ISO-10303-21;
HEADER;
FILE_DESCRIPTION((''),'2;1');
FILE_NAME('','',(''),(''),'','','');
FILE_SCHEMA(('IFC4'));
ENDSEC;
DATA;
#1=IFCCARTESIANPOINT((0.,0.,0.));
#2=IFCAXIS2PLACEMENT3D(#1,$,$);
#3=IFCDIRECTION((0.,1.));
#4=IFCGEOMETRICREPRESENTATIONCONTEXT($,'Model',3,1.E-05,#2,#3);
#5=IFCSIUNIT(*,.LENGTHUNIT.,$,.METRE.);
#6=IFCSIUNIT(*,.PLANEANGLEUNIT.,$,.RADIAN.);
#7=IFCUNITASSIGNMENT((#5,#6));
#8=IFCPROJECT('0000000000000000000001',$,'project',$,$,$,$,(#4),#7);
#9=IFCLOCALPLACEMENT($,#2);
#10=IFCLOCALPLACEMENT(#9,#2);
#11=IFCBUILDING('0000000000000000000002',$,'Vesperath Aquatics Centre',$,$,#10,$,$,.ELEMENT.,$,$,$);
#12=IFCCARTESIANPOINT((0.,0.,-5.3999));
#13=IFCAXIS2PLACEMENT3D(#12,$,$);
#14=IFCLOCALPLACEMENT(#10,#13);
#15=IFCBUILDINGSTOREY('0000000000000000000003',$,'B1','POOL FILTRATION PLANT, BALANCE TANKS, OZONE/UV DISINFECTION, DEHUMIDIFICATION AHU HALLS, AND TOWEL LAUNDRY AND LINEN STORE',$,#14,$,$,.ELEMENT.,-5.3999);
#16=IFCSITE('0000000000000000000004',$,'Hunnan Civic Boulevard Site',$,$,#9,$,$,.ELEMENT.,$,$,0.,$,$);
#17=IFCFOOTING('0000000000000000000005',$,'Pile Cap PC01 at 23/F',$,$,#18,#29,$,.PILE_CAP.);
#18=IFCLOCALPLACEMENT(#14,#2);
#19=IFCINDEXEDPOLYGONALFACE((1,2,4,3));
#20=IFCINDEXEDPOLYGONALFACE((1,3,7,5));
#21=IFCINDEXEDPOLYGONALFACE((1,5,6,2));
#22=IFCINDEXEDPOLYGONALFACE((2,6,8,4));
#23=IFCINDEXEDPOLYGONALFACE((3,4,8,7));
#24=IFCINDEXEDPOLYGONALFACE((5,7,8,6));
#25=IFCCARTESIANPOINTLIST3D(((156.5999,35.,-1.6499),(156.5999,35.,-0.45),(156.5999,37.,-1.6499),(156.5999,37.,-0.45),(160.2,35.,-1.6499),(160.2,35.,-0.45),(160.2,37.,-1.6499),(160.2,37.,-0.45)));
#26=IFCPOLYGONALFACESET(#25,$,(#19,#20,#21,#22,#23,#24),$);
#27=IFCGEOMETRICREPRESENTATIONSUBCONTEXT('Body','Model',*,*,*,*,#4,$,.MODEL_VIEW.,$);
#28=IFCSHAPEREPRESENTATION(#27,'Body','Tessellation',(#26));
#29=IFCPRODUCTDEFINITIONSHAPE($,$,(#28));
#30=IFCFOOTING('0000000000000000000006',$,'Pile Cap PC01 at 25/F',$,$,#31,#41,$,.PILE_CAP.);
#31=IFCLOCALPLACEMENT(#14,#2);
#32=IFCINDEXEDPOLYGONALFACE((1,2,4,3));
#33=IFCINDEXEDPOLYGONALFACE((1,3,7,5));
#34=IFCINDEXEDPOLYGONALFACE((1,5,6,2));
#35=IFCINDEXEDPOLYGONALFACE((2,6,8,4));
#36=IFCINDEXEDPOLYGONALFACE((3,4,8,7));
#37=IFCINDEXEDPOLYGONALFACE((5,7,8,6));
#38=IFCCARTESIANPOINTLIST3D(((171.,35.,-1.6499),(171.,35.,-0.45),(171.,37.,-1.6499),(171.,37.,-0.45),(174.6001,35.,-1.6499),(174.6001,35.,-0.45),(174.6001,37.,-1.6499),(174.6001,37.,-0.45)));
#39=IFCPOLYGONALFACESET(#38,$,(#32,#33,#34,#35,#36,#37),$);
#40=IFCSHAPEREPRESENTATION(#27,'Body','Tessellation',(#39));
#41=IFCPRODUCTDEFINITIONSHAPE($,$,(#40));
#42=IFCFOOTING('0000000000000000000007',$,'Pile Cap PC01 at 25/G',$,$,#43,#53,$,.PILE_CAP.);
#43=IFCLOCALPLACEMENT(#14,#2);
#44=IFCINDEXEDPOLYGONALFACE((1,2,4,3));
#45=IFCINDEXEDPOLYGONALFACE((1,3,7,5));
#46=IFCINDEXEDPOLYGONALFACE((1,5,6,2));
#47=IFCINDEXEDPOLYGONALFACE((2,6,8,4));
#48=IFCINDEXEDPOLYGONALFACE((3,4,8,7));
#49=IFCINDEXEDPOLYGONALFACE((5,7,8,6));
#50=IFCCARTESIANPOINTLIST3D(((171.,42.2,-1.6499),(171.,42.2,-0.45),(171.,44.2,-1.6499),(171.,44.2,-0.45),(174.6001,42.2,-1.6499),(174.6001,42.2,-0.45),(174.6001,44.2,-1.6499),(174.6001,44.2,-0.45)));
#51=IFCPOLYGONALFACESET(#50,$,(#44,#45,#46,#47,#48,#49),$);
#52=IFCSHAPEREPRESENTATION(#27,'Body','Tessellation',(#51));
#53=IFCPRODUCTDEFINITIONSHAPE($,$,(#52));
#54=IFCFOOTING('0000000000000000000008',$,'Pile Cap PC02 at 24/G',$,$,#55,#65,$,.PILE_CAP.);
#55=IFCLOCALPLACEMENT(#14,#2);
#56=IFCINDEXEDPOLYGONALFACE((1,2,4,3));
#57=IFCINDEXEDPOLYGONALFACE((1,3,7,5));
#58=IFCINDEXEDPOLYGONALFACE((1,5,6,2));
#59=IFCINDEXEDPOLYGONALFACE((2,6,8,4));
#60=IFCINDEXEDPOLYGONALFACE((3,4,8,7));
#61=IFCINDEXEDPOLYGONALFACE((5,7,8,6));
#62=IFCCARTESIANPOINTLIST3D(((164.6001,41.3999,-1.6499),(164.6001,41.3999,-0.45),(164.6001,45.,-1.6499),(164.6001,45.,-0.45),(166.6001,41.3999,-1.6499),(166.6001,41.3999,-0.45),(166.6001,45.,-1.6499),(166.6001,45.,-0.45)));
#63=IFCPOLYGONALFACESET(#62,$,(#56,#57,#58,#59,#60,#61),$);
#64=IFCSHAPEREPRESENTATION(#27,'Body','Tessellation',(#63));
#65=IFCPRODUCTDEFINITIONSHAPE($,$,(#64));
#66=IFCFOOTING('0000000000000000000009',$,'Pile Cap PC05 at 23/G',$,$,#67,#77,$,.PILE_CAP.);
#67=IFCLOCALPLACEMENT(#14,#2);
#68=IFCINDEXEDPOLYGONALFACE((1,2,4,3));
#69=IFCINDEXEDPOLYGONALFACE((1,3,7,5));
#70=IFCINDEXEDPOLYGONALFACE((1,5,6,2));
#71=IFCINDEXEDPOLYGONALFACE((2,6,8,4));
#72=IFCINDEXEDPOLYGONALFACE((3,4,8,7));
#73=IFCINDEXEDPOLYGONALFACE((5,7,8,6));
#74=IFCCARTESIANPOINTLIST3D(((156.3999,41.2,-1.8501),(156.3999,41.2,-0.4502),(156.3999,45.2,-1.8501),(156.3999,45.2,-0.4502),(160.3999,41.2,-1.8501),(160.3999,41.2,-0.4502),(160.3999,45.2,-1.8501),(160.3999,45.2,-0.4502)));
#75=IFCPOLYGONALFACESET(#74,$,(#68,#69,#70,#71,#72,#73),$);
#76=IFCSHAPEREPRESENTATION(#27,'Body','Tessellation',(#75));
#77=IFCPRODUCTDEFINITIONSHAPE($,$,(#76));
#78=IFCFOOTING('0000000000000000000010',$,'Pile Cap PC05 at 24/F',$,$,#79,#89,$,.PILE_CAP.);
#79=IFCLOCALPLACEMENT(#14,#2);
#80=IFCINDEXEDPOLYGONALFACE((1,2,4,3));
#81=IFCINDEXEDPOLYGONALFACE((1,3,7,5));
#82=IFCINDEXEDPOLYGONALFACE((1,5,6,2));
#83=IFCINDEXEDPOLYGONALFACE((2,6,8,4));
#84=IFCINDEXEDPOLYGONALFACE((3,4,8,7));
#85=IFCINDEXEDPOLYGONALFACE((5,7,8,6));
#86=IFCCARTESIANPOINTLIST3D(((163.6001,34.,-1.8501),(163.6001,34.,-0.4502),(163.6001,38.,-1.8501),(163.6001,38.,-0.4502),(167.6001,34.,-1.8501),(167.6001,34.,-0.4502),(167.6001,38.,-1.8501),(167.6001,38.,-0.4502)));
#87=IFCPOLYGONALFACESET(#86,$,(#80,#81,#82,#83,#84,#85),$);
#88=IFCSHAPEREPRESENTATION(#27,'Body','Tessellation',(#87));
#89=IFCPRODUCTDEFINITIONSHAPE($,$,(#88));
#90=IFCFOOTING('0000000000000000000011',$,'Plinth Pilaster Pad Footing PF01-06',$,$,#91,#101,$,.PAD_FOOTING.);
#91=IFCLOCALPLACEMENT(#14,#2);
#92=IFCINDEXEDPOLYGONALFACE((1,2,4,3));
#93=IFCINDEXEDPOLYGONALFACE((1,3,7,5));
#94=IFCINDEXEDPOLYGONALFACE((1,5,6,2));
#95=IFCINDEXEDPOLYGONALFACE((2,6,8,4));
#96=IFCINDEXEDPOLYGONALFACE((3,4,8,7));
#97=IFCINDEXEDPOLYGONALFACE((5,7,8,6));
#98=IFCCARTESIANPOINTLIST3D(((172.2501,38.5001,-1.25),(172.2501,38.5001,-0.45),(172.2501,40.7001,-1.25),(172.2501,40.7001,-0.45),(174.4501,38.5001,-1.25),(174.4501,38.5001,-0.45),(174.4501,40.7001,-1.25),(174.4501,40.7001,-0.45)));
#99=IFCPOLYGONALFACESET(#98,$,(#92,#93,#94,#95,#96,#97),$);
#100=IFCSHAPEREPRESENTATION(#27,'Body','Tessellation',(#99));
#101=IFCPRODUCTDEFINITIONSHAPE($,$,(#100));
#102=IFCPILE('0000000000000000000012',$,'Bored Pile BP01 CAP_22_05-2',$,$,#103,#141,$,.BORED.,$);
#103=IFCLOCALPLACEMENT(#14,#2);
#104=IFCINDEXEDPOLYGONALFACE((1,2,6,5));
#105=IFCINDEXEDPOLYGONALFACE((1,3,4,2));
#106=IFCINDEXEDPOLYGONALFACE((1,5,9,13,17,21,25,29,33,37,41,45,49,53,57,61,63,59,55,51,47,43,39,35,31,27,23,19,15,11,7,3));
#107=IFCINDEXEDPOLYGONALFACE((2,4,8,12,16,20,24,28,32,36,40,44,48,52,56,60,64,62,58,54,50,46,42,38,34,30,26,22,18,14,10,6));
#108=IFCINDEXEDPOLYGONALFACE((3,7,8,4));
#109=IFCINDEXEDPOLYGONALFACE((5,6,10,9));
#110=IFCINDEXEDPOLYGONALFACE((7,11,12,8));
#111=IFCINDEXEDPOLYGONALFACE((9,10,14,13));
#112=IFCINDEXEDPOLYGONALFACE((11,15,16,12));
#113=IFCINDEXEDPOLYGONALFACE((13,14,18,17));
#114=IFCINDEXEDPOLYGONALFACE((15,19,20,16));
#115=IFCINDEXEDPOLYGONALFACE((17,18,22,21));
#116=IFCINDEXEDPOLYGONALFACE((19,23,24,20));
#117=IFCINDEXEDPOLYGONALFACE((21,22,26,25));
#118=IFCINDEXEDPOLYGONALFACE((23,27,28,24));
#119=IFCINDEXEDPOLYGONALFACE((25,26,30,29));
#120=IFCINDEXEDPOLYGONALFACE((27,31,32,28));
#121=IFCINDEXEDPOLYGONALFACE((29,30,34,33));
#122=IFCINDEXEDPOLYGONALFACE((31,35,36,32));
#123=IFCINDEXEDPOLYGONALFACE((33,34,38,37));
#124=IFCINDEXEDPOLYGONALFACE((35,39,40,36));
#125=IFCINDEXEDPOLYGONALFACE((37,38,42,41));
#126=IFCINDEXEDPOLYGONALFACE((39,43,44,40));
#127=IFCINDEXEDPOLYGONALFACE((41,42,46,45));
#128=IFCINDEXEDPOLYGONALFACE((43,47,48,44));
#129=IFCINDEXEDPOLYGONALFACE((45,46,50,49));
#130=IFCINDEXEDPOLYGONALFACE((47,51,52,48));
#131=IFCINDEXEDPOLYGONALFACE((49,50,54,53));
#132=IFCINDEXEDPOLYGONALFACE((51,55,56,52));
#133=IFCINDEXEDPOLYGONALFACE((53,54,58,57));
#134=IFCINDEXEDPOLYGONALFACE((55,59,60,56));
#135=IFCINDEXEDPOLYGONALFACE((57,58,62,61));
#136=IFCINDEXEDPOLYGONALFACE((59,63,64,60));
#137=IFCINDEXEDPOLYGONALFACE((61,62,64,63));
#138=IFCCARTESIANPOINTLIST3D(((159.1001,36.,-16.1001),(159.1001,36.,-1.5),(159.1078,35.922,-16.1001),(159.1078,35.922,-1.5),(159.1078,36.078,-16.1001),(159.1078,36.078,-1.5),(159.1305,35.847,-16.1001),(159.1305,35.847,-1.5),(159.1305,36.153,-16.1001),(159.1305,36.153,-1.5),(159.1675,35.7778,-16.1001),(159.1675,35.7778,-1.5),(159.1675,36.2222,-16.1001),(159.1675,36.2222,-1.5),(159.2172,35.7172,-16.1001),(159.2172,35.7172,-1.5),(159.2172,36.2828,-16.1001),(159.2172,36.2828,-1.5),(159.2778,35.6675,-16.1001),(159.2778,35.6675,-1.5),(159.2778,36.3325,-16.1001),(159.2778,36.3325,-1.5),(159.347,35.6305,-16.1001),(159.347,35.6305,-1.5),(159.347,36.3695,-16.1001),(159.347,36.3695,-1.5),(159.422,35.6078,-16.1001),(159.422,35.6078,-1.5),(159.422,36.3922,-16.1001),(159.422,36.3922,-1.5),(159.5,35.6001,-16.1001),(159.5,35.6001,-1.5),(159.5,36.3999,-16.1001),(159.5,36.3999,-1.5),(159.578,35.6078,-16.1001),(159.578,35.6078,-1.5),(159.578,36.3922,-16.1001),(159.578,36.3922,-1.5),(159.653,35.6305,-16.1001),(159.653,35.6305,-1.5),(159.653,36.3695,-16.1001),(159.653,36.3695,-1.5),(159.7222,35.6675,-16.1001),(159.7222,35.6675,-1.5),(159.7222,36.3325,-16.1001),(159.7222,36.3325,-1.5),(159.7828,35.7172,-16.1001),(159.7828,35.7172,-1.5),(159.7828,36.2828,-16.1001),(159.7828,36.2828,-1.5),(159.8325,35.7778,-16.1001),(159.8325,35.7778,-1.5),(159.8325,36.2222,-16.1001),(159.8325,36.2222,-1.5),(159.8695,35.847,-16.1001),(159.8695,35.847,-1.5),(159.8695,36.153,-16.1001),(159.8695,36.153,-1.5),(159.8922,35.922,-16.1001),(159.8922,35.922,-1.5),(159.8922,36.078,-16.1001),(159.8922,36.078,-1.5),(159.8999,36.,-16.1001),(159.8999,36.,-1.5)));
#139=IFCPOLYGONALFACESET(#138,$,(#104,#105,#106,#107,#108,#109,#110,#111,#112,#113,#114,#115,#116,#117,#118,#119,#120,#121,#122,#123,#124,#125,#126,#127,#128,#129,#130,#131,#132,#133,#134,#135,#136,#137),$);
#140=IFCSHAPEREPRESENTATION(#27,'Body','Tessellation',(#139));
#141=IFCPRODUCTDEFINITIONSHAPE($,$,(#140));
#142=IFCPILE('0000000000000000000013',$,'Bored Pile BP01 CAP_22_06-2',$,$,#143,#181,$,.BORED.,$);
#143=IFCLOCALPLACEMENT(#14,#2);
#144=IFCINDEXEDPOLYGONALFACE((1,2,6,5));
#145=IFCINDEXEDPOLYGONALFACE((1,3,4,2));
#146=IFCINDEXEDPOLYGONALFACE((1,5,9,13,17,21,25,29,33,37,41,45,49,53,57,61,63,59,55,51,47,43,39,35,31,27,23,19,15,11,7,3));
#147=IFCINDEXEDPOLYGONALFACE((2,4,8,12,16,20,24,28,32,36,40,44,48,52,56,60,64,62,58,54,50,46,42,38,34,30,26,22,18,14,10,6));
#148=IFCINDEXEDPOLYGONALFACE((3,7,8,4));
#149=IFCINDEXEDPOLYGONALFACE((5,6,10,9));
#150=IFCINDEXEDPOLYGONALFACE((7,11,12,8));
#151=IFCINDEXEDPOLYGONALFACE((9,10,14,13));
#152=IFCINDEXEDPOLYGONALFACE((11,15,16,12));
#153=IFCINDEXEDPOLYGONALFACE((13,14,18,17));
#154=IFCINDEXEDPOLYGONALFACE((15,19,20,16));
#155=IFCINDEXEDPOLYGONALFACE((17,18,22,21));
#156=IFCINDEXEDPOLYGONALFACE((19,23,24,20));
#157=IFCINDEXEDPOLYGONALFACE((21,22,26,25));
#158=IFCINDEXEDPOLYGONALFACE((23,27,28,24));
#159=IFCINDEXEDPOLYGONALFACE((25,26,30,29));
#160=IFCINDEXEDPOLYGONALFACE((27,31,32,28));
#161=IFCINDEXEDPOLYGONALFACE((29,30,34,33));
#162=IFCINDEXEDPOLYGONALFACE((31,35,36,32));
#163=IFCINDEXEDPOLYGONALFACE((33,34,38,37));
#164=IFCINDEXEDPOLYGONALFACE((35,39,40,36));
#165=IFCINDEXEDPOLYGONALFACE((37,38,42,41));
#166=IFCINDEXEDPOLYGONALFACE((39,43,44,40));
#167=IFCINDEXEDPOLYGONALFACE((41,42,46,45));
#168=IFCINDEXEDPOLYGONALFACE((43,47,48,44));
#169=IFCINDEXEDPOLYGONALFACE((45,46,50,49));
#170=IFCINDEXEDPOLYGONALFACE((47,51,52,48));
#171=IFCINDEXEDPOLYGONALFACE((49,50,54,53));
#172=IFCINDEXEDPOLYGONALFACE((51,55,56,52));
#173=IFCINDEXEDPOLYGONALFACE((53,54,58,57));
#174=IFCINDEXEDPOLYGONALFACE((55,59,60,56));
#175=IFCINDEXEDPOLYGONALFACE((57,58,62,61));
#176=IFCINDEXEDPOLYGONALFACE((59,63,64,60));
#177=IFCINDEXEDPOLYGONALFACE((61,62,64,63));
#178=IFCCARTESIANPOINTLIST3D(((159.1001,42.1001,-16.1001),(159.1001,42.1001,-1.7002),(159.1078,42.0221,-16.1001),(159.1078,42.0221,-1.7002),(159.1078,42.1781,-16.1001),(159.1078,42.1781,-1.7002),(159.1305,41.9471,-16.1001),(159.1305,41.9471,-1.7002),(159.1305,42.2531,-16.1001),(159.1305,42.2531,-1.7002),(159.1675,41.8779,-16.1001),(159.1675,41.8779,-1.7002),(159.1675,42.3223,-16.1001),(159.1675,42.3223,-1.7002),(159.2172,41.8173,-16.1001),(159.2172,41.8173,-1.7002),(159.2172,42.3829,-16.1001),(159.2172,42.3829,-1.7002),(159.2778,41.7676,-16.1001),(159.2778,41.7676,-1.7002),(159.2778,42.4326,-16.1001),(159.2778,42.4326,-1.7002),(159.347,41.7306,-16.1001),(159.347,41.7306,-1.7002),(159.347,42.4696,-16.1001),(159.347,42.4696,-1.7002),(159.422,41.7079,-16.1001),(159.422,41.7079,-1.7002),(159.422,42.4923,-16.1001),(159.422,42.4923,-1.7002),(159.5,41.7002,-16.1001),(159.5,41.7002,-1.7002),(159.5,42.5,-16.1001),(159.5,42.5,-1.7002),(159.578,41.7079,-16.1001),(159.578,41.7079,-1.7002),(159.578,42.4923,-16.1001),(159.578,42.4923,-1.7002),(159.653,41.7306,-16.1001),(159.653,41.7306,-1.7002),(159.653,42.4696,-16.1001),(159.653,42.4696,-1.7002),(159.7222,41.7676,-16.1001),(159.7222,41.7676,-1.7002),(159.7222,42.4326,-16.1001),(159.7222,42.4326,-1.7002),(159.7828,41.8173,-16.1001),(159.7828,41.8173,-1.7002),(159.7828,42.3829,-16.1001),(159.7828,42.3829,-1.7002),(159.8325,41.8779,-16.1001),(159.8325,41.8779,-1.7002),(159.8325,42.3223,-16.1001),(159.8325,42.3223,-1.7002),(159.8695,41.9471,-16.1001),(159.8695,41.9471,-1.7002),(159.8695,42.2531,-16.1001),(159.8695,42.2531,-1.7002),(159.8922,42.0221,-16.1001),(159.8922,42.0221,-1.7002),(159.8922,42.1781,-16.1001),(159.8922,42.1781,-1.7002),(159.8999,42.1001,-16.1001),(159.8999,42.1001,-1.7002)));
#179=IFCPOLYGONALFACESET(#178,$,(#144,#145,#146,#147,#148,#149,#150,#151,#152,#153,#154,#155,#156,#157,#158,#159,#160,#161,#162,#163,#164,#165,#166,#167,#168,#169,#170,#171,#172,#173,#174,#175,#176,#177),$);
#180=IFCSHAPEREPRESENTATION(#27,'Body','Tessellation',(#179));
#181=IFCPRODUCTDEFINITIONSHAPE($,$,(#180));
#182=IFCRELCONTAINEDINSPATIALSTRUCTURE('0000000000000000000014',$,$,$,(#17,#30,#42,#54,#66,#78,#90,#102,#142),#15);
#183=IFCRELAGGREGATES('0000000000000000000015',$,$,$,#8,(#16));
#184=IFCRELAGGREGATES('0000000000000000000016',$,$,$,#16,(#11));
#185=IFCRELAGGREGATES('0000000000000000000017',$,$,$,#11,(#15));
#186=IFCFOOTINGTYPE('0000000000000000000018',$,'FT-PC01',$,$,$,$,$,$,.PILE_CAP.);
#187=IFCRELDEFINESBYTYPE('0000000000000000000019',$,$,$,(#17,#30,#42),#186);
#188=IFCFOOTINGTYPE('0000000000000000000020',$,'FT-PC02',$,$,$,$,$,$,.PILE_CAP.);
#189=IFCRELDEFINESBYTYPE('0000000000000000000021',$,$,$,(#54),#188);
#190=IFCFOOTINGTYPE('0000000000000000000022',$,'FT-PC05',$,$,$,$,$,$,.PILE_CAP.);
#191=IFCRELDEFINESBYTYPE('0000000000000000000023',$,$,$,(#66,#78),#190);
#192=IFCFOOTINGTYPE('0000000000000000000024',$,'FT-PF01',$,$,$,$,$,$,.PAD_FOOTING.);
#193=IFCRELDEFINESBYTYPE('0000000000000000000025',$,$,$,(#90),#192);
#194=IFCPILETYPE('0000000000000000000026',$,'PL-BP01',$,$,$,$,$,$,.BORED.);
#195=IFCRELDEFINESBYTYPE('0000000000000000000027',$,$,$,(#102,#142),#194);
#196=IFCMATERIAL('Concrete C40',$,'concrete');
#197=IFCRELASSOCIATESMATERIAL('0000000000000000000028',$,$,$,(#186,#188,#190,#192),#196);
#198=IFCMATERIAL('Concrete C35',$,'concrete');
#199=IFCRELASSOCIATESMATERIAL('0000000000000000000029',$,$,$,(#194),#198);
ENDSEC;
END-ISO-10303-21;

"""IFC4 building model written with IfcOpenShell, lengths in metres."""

from ifc_helpers import new_model, si_unit, direction, frame, origin, origin_2d, place, context, subcontext, project, spatial, rectangle, circle, extrude, material, material_profile, profile_set, type_object, element, save


model = new_model("IFC4")

# Units and contexts
model_context = context("Model", 3, precision=1e-05, world=origin(), true_north=direction((0.0, 1.0)))
body_context = subcontext(model_context, "Body", "Model", "MODEL_VIEW")
ifc_project = project(units=[si_unit("LENGTHUNIT", "METRE"), si_unit("PLANEANGLEUNIT", "RADIAN")], contexts=[model_context])

# Site, building, storey
site_placement = place(None, origin())
site = spatial("IfcSite", under=ifc_project, at=site_placement, Name="Hunnan Civic Boulevard Site", CompositionType="ELEMENT", RefElevation=0.0)
building_placement = place(site_placement, origin())
building = spatial("IfcBuilding", under=site, at=building_placement, Name="Vesperath Aquatics Centre", CompositionType="ELEMENT")
storey_placement = place(building_placement, frame((0.0, 0.0, -5.3999)))
storey = spatial("IfcBuildingStorey", under=building, at=storey_placement, Name="B1", Description="POOL FILTRATION PLANT, BALANCE TANKS, OZONE/UV DISINFECTION, DEHUMIDIFICATION AHU HALLS, AND TOWEL LAUNDRY AND LINEN STORE", CompositionType="ELEMENT", Elevation=-5.3999)

# Footings
ifc_material_1 = material(Name="Concrete C40", Category="concrete")
footing_type_1 = type_object("IfcFootingType", Name="FT-PC01", PredefinedType="PILE_CAP", material=ifc_material_1)
for number, where, z_axis, x_axis, name in (
    (1, (158.3999, 36.0, -1.6499), (0.0, 0.0, 1.0), (1.0, 0.0, 0.0), "Pile Cap PC01 at 23/F"),
    (2, (172.8, 36.0, -1.6499), (0.0, 0.0, 1.0), (1.0, 0.0, 0.0), "Pile Cap PC01 at 25/F"),
    (3, (172.8, 43.2, -1.6499), (0.0, 0.0, 1.0), (1.0, 0.0, 0.0), "Pile Cap PC01 at 25/G"),
):
    element("IfcFooting", number, at=place(storey_placement, frame(where, z_axis=z_axis, x_axis=x_axis)), inside=storey, type_object=footing_type_1, Name=name, PredefinedType="PILE_CAP", context=body_context, shape_type="SweptSolid", body=[
        extrude(rectangle(XDim=3.6001, YDim=2.0, at=origin_2d()), origin(), (0.0, 0.0, 1.0), 1.2),
    ])
footing_type_2 = type_object("IfcFootingType", Name="FT-PC02", PredefinedType="PILE_CAP", material=ifc_material_1)
footing_1_placement = place(storey_placement, frame((165.6001, 43.2, -1.6499), z_axis=(0.0, 0.0, 1.0), x_axis=(1.0, 0.0, 0.0)))
element("IfcFooting", 4, at=footing_1_placement, inside=storey, type_object=footing_type_2, Name="Pile Cap PC02 at 24/G", PredefinedType="PILE_CAP", context=body_context, shape_type="SweptSolid", body=[
    extrude(rectangle(XDim=2.0, YDim=3.6001, at=origin_2d()), origin(), (0.0, 0.0, 1.0), 1.2),
])
footing_type_3 = type_object("IfcFootingType", Name="FT-PC05", PredefinedType="PILE_CAP", material=ifc_material_1)
for number, where, z_axis, x_axis, name in (
    (5, (158.3999, 43.2, -1.8501), (0.0, 0.0, 1.0), (1.0, 0.0, 0.0), "Pile Cap PC05 at 23/G"),
    (6, (165.6001, 36.0, -1.8501), (0.0, 0.0, 1.0), (1.0, 0.0, 0.0), "Pile Cap PC05 at 24/F"),
):
    element("IfcFooting", number, at=place(storey_placement, frame(where, z_axis=z_axis, x_axis=x_axis)), inside=storey, type_object=footing_type_3, Name=name, PredefinedType="PILE_CAP", context=body_context, shape_type="SweptSolid", body=[
        extrude(rectangle(XDim=4.0, YDim=4.0, at=origin_2d()), origin(), (0.0, 0.0, 1.0), 1.3999),
    ])
footing_type_4 = type_object("IfcFootingType", Name="FT-PF01", PredefinedType="PAD_FOOTING", material=ifc_material_1)
footing_2_placement = place(storey_placement, frame((173.3501, 39.6001, -1.25), z_axis=(0.0, 0.0, 1.0), x_axis=(1.0, 0.0, 0.0)))
element("IfcFooting", 7, at=footing_2_placement, inside=storey, type_object=footing_type_4, Name="Plinth Pilaster Pad Footing PF01-06", PredefinedType="PAD_FOOTING", context=body_context, shape_type="SweptSolid", body=[
    extrude(rectangle(XDim=2.2, YDim=2.2, at=origin_2d()), origin(), (0.0, 0.0, 1.0), 0.8),
])

# Piles
ifc_material_2 = material(Name="Concrete C35", Category="concrete")
ifc_material_profile_1 = material_profile(ifc_material_2, circle(Radius=0.3999, at=origin_2d()), Name="PILE D800")
ifc_profile_set_1 = profile_set([ifc_material_profile_1], Name="Concrete C35")
pile_type = type_object("IfcPileType", Name="PL-BP01", PredefinedType="BORED", material=ifc_profile_set_1)
pile_placement = place(storey_placement, frame((159.5, 36.0, -1.5), z_axis=(0.0, 0.0, -1.0), x_axis=(1.0, 0.0, 0.0)))
element("IfcPile", 8, at=pile_placement, inside=storey, type_object=pile_type, Name="Bored Pile BP01 CAP_22_05-2", PredefinedType="BORED", context=body_context, shape_type="SweptSolid", body=[
    extrude(circle(Radius=0.3999, at=origin_2d()), origin(), (0.0, 0.0, 1.0), 14.6001),
])
for number, where, z_axis, x_axis, name in (
    (9, (159.5, 42.1001, -1.7002), (0.0, 0.0, -1.0), (1.0, 0.0, 0.0), "Bored Pile BP01 CAP_22_06-2"),
):
    element("IfcPile", number, at=place(storey_placement, frame(where, z_axis=z_axis, x_axis=x_axis)), inside=storey, type_object=pile_type, Name=name, PredefinedType="BORED", context=body_context, shape_type="SweptSolid", body=[
        extrude(circle(Radius=0.3999, at=origin_2d()), origin(), (0.0, 0.0, 1.0), 14.3999),
    ])

save(model, "model.ifc")
